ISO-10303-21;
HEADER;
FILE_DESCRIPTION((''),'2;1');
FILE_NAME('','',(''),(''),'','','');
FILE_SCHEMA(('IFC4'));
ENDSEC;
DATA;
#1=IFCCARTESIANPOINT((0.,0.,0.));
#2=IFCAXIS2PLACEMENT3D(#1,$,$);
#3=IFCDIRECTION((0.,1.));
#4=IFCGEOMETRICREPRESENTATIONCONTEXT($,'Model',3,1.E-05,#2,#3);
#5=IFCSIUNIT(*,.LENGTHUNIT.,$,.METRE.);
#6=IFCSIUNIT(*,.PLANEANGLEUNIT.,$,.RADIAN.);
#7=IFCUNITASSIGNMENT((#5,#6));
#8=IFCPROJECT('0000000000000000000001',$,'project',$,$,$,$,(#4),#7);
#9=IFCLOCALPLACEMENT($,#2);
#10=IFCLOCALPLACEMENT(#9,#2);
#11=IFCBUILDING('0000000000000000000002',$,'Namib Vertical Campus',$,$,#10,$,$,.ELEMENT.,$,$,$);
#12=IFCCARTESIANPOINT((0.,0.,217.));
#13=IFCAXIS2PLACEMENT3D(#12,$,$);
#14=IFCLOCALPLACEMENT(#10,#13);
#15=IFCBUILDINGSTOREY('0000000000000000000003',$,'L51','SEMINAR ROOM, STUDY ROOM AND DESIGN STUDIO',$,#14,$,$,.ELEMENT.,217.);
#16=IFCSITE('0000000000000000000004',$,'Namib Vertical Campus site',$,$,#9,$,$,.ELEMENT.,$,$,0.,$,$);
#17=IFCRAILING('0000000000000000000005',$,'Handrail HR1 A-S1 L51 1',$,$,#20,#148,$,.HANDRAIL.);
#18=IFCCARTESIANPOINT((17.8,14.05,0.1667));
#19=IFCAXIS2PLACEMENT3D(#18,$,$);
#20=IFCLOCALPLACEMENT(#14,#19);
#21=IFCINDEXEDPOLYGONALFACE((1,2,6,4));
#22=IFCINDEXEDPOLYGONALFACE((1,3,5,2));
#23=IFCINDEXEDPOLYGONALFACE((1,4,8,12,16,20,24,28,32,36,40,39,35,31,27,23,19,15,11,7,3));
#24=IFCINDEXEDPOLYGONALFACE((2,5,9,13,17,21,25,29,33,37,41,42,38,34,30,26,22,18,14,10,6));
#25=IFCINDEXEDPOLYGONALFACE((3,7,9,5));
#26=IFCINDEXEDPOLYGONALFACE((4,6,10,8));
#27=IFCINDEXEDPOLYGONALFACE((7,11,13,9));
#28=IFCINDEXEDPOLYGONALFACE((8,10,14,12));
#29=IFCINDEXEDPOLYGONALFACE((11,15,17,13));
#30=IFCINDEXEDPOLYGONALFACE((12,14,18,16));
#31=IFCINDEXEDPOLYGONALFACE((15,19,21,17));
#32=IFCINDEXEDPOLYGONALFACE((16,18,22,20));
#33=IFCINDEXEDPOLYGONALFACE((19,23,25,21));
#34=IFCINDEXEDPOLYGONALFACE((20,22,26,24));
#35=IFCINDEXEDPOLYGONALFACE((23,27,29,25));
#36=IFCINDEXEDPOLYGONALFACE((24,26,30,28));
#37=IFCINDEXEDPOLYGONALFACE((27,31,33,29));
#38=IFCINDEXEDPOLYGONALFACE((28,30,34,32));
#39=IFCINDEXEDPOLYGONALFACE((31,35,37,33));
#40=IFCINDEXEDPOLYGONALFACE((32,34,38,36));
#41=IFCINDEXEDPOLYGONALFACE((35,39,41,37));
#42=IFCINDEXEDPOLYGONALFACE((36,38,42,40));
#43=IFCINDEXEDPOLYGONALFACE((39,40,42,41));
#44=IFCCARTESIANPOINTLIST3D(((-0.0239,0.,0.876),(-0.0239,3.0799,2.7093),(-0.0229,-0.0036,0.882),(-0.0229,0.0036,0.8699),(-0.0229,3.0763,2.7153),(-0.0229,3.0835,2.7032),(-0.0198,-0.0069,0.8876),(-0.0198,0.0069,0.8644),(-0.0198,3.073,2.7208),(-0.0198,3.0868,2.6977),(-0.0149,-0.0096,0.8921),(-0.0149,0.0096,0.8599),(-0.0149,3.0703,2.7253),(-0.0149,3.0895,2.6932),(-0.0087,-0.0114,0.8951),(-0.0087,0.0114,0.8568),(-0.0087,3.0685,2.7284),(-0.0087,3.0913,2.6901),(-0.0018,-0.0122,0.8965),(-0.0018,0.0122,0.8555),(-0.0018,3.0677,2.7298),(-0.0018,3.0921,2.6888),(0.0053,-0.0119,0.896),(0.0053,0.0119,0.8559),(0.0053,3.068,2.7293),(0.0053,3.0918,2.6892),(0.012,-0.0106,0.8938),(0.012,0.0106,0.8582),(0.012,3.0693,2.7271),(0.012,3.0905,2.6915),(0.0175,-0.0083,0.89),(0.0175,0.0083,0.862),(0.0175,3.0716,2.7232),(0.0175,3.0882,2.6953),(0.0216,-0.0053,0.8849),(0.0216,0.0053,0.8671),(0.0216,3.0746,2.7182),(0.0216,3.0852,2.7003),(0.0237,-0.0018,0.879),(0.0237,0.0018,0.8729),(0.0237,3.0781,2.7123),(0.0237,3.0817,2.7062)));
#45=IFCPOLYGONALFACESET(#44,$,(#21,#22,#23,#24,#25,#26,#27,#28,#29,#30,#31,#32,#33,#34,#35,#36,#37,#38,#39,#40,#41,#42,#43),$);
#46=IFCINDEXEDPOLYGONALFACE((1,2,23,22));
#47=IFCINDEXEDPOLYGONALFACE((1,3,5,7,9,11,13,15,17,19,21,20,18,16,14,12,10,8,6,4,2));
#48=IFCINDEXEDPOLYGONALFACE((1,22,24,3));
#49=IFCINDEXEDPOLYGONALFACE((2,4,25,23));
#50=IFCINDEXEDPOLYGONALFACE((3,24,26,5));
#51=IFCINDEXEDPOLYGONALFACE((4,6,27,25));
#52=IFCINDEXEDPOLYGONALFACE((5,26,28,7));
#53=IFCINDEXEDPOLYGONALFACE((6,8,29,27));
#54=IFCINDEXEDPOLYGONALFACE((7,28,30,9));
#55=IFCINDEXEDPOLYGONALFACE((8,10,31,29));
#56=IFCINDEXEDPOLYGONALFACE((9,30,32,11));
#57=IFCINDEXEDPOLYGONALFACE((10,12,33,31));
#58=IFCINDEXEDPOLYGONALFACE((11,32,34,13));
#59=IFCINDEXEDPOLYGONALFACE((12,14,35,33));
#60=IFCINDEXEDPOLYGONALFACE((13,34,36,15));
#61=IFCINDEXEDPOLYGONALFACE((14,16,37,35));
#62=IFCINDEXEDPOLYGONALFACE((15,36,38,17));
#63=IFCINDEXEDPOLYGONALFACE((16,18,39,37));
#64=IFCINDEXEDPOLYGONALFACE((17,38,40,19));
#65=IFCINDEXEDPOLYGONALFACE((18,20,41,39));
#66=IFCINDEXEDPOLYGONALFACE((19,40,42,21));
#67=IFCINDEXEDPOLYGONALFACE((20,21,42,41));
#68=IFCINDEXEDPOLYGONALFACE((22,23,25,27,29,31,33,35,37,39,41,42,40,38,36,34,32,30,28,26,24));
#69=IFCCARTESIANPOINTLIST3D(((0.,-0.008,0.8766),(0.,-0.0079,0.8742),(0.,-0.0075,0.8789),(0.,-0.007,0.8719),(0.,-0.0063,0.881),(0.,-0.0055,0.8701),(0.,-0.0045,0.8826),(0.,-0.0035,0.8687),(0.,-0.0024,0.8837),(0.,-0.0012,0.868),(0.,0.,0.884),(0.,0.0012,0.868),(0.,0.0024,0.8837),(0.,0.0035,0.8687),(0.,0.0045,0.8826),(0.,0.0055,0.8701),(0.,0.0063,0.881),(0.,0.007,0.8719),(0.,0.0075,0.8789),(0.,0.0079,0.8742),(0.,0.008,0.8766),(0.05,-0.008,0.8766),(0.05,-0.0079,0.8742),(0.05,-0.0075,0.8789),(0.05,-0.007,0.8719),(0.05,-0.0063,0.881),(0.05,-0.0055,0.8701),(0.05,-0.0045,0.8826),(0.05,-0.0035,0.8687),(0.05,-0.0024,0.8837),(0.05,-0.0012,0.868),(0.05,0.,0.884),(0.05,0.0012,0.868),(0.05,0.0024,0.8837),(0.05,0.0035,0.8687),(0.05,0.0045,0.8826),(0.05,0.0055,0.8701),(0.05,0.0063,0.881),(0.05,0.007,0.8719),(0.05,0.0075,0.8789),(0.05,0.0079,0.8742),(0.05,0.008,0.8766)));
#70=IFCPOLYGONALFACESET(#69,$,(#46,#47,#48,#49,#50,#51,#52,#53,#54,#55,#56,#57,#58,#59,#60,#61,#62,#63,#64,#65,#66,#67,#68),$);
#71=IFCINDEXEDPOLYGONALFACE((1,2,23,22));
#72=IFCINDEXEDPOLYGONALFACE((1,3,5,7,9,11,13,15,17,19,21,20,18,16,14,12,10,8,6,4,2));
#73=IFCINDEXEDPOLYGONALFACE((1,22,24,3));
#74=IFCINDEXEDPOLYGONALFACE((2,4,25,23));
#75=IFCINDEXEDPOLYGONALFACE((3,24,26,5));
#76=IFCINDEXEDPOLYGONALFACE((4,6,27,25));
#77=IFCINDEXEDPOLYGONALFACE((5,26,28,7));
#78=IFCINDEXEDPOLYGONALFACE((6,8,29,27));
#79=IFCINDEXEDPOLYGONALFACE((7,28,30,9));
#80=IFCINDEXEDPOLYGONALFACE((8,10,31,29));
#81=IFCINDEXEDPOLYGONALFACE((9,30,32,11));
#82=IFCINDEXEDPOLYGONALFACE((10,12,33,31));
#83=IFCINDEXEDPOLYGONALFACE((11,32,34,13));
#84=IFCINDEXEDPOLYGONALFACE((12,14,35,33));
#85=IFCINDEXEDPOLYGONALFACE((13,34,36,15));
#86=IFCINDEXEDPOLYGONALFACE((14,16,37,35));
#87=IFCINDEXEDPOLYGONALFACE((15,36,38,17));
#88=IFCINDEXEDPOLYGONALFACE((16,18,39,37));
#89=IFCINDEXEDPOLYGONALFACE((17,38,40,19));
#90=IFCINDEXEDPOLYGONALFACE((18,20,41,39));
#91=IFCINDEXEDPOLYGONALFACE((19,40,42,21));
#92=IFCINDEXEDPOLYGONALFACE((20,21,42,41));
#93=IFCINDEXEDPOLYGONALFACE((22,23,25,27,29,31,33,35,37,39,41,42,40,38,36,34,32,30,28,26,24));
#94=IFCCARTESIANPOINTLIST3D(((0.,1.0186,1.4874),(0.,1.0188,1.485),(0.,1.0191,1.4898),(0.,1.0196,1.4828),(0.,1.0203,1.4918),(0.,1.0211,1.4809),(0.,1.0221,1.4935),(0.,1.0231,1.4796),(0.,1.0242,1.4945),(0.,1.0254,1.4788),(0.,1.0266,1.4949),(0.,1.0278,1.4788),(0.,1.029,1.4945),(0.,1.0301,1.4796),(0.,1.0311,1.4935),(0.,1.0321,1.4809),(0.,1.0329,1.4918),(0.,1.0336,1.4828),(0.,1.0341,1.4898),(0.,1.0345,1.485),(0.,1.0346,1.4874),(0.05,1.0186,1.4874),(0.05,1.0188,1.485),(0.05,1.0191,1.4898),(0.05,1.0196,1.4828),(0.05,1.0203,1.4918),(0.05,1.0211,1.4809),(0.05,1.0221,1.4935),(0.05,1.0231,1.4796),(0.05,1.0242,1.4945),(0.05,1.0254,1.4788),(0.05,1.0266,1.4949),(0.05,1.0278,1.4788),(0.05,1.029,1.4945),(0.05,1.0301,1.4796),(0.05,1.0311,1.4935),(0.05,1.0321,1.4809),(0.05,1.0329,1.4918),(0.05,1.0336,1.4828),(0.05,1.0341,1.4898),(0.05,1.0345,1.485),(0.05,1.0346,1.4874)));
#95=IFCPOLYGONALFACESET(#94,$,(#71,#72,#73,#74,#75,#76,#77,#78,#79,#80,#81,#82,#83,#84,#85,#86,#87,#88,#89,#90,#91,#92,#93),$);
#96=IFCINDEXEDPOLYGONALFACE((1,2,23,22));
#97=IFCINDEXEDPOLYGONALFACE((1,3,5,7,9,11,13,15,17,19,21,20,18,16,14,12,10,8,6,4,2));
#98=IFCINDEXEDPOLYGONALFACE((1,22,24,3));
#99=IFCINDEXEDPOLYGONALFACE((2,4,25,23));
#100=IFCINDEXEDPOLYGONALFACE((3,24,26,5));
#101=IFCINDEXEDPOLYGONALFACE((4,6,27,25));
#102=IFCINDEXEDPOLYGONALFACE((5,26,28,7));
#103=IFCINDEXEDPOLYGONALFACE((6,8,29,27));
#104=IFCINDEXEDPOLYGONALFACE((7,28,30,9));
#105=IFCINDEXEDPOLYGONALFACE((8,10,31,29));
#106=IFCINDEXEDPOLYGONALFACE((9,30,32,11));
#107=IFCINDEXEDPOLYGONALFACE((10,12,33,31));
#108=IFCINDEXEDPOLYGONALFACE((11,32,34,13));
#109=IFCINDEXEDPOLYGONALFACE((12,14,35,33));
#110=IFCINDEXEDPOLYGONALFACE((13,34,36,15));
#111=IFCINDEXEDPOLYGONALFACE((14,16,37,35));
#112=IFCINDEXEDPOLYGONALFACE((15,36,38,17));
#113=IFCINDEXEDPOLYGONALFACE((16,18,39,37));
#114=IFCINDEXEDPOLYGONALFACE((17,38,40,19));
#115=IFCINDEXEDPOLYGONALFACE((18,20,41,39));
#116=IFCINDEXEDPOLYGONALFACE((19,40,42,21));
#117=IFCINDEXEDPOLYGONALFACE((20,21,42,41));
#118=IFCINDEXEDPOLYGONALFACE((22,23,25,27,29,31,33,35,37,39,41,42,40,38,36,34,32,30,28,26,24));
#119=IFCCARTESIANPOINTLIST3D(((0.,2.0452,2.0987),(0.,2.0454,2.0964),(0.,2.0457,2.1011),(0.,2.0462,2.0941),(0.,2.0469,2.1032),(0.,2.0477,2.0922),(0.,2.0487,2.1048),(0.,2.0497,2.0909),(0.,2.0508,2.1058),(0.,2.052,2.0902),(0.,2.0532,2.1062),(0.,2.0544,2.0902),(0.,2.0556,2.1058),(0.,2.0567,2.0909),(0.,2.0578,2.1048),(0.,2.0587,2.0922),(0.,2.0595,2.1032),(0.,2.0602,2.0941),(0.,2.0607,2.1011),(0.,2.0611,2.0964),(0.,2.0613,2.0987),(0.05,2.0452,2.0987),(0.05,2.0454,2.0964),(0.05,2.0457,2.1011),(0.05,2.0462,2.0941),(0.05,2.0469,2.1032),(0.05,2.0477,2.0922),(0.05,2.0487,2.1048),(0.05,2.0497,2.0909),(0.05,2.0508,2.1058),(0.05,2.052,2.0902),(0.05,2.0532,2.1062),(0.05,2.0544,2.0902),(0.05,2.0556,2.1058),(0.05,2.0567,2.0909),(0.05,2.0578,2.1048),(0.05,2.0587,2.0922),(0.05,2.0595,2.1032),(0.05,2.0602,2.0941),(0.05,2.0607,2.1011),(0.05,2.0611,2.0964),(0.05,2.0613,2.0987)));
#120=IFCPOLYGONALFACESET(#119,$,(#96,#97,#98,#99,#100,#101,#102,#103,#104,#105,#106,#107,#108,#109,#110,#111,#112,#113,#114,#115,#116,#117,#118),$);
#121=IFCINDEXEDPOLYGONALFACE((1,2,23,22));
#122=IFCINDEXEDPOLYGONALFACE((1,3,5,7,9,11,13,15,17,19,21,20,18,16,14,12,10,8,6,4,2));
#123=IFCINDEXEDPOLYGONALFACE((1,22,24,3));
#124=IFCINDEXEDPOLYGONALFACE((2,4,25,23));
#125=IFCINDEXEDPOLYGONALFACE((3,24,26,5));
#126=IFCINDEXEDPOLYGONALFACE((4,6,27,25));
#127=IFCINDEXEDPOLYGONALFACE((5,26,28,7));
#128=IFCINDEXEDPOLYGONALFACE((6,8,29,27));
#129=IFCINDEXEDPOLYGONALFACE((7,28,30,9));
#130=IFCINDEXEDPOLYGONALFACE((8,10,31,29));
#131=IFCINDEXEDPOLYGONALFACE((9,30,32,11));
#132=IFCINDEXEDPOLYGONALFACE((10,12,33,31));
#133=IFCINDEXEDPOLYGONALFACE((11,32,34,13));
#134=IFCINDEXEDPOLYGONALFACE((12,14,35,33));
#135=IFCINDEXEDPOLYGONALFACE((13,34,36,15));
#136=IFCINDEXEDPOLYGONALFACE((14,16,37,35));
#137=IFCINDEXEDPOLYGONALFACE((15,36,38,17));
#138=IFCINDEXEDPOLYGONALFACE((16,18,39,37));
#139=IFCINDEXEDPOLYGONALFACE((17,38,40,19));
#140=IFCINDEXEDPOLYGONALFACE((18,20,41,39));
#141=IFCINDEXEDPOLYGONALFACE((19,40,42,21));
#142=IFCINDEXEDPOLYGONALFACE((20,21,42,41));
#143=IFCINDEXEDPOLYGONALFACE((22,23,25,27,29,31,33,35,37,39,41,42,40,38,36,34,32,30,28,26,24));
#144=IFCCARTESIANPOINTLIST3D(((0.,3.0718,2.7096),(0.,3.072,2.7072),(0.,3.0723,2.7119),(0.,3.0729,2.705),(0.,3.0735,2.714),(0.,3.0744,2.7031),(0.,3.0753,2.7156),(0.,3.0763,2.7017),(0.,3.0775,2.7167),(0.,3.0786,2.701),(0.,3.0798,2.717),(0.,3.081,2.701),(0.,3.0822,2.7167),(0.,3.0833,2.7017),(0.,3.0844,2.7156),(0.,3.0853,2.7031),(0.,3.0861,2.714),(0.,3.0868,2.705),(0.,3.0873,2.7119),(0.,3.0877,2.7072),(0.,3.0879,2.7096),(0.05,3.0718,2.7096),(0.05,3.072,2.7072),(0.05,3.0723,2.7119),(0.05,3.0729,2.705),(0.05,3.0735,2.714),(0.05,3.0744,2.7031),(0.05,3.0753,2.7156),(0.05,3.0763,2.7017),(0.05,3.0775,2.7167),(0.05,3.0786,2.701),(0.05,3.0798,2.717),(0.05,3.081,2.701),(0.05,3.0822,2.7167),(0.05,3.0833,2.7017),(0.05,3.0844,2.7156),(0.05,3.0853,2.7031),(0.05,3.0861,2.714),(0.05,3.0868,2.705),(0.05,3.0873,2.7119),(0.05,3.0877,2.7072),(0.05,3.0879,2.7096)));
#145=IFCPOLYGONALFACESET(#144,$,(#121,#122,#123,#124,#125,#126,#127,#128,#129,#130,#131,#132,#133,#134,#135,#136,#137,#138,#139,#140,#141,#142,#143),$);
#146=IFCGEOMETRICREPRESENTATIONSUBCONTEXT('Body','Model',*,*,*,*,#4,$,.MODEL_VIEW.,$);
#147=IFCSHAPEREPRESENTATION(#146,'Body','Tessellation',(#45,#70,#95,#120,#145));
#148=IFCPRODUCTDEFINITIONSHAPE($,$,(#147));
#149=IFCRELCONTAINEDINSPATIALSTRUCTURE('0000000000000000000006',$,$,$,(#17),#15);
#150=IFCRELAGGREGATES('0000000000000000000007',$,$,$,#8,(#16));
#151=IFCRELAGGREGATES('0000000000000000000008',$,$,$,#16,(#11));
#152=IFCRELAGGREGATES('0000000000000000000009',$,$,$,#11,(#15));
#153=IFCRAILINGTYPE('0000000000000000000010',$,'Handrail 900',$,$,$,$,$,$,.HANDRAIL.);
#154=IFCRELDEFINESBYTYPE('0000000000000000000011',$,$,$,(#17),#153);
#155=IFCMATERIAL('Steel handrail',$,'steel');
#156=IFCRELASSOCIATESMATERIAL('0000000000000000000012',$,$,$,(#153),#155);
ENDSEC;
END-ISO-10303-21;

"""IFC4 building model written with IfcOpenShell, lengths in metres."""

from ifc_helpers import new_model, si_unit, direction, frame, origin, origin_2d, place, context, subcontext, project, spatial, circle, extrude, material, type_object, element, save


model = new_model("IFC4")

# Units and contexts
model_context = context("Model", 3, precision=1e-05, world=origin(), true_north=direction((0.0, 1.0)))
body_context = subcontext(model_context, "Body", "Model", "MODEL_VIEW")
ifc_project = project(units=[si_unit("LENGTHUNIT", "METRE"), si_unit("PLANEANGLEUNIT", "RADIAN")], contexts=[model_context])

# Site, building, storey
site_placement = place(None, origin())
site = spatial("IfcSite", under=ifc_project, at=site_placement, Name="Namib Vertical Campus site", CompositionType="ELEMENT", RefElevation=0.0)
building_placement = place(site_placement, origin())
building = spatial("IfcBuilding", under=site, at=building_placement, Name="Namib Vertical Campus", CompositionType="ELEMENT")
storey_placement = place(building_placement, frame((0.0, 0.0, 217.0)))
storey = spatial("IfcBuildingStorey", under=building, at=storey_placement, Name="L51", Description="SEMINAR ROOM, STUDY ROOM AND DESIGN STUDIO", CompositionType="ELEMENT", Elevation=217.0)

# Railing
ifc_material_1 = material(Name="Steel handrail", Category="steel")
railing_type_1 = type_object("IfcRailingType", Name="Handrail 900", PredefinedType="HANDRAIL", material=ifc_material_1)
railing_1_placement = place(storey_placement, frame((17.8, 14.05, 0.1667)))
element("IfcRailing", 1, at=railing_1_placement, inside=storey, type_object=railing_type_1, Name="Handrail HR1 A-S1 L51 1", PredefinedType="HANDRAIL", context=body_context, shape_type="SweptSolid", body=[
    extrude(circle(Radius=0.0239, at=origin_2d()), frame((0.0, 0.0, 0.876), z_axis=(0.0, 0.859291, 0.511487), x_axis=(-1.0, 0.0, 0.0)), (0.0, 0.0, 1.0), 3.5842),
    extrude(circle(Radius=0.0081, at=origin_2d()), frame((0.0, 0.0, 0.876), z_axis=(1.0, 0.0, 0.0), x_axis=(0.0, 0.0, 1.0)), (0.0, 0.0, 1.0), 0.05),
    extrude(circle(Radius=0.0081, at=origin_2d()), frame((0.0, 1.0266, 1.4868), z_axis=(1.0, 0.0, 0.0), x_axis=(0.0, 0.0, 1.0)), (0.0, 0.0, 1.0), 0.05),
    extrude(circle(Radius=0.0081, at=origin_2d()), frame((0.0, 2.0532, 2.0981), z_axis=(1.0, 0.0, 0.0), x_axis=(0.0, 0.0, 1.0)), (0.0, 0.0, 1.0), 0.05),
    extrude(circle(Radius=0.0081, at=origin_2d()), frame((0.0, 3.0798, 2.709), z_axis=(1.0, 0.0, 0.0), x_axis=(0.0, 0.0, 1.0)), (0.0, 0.0, 1.0), 0.05),
])

save(model, "model.ifc")
